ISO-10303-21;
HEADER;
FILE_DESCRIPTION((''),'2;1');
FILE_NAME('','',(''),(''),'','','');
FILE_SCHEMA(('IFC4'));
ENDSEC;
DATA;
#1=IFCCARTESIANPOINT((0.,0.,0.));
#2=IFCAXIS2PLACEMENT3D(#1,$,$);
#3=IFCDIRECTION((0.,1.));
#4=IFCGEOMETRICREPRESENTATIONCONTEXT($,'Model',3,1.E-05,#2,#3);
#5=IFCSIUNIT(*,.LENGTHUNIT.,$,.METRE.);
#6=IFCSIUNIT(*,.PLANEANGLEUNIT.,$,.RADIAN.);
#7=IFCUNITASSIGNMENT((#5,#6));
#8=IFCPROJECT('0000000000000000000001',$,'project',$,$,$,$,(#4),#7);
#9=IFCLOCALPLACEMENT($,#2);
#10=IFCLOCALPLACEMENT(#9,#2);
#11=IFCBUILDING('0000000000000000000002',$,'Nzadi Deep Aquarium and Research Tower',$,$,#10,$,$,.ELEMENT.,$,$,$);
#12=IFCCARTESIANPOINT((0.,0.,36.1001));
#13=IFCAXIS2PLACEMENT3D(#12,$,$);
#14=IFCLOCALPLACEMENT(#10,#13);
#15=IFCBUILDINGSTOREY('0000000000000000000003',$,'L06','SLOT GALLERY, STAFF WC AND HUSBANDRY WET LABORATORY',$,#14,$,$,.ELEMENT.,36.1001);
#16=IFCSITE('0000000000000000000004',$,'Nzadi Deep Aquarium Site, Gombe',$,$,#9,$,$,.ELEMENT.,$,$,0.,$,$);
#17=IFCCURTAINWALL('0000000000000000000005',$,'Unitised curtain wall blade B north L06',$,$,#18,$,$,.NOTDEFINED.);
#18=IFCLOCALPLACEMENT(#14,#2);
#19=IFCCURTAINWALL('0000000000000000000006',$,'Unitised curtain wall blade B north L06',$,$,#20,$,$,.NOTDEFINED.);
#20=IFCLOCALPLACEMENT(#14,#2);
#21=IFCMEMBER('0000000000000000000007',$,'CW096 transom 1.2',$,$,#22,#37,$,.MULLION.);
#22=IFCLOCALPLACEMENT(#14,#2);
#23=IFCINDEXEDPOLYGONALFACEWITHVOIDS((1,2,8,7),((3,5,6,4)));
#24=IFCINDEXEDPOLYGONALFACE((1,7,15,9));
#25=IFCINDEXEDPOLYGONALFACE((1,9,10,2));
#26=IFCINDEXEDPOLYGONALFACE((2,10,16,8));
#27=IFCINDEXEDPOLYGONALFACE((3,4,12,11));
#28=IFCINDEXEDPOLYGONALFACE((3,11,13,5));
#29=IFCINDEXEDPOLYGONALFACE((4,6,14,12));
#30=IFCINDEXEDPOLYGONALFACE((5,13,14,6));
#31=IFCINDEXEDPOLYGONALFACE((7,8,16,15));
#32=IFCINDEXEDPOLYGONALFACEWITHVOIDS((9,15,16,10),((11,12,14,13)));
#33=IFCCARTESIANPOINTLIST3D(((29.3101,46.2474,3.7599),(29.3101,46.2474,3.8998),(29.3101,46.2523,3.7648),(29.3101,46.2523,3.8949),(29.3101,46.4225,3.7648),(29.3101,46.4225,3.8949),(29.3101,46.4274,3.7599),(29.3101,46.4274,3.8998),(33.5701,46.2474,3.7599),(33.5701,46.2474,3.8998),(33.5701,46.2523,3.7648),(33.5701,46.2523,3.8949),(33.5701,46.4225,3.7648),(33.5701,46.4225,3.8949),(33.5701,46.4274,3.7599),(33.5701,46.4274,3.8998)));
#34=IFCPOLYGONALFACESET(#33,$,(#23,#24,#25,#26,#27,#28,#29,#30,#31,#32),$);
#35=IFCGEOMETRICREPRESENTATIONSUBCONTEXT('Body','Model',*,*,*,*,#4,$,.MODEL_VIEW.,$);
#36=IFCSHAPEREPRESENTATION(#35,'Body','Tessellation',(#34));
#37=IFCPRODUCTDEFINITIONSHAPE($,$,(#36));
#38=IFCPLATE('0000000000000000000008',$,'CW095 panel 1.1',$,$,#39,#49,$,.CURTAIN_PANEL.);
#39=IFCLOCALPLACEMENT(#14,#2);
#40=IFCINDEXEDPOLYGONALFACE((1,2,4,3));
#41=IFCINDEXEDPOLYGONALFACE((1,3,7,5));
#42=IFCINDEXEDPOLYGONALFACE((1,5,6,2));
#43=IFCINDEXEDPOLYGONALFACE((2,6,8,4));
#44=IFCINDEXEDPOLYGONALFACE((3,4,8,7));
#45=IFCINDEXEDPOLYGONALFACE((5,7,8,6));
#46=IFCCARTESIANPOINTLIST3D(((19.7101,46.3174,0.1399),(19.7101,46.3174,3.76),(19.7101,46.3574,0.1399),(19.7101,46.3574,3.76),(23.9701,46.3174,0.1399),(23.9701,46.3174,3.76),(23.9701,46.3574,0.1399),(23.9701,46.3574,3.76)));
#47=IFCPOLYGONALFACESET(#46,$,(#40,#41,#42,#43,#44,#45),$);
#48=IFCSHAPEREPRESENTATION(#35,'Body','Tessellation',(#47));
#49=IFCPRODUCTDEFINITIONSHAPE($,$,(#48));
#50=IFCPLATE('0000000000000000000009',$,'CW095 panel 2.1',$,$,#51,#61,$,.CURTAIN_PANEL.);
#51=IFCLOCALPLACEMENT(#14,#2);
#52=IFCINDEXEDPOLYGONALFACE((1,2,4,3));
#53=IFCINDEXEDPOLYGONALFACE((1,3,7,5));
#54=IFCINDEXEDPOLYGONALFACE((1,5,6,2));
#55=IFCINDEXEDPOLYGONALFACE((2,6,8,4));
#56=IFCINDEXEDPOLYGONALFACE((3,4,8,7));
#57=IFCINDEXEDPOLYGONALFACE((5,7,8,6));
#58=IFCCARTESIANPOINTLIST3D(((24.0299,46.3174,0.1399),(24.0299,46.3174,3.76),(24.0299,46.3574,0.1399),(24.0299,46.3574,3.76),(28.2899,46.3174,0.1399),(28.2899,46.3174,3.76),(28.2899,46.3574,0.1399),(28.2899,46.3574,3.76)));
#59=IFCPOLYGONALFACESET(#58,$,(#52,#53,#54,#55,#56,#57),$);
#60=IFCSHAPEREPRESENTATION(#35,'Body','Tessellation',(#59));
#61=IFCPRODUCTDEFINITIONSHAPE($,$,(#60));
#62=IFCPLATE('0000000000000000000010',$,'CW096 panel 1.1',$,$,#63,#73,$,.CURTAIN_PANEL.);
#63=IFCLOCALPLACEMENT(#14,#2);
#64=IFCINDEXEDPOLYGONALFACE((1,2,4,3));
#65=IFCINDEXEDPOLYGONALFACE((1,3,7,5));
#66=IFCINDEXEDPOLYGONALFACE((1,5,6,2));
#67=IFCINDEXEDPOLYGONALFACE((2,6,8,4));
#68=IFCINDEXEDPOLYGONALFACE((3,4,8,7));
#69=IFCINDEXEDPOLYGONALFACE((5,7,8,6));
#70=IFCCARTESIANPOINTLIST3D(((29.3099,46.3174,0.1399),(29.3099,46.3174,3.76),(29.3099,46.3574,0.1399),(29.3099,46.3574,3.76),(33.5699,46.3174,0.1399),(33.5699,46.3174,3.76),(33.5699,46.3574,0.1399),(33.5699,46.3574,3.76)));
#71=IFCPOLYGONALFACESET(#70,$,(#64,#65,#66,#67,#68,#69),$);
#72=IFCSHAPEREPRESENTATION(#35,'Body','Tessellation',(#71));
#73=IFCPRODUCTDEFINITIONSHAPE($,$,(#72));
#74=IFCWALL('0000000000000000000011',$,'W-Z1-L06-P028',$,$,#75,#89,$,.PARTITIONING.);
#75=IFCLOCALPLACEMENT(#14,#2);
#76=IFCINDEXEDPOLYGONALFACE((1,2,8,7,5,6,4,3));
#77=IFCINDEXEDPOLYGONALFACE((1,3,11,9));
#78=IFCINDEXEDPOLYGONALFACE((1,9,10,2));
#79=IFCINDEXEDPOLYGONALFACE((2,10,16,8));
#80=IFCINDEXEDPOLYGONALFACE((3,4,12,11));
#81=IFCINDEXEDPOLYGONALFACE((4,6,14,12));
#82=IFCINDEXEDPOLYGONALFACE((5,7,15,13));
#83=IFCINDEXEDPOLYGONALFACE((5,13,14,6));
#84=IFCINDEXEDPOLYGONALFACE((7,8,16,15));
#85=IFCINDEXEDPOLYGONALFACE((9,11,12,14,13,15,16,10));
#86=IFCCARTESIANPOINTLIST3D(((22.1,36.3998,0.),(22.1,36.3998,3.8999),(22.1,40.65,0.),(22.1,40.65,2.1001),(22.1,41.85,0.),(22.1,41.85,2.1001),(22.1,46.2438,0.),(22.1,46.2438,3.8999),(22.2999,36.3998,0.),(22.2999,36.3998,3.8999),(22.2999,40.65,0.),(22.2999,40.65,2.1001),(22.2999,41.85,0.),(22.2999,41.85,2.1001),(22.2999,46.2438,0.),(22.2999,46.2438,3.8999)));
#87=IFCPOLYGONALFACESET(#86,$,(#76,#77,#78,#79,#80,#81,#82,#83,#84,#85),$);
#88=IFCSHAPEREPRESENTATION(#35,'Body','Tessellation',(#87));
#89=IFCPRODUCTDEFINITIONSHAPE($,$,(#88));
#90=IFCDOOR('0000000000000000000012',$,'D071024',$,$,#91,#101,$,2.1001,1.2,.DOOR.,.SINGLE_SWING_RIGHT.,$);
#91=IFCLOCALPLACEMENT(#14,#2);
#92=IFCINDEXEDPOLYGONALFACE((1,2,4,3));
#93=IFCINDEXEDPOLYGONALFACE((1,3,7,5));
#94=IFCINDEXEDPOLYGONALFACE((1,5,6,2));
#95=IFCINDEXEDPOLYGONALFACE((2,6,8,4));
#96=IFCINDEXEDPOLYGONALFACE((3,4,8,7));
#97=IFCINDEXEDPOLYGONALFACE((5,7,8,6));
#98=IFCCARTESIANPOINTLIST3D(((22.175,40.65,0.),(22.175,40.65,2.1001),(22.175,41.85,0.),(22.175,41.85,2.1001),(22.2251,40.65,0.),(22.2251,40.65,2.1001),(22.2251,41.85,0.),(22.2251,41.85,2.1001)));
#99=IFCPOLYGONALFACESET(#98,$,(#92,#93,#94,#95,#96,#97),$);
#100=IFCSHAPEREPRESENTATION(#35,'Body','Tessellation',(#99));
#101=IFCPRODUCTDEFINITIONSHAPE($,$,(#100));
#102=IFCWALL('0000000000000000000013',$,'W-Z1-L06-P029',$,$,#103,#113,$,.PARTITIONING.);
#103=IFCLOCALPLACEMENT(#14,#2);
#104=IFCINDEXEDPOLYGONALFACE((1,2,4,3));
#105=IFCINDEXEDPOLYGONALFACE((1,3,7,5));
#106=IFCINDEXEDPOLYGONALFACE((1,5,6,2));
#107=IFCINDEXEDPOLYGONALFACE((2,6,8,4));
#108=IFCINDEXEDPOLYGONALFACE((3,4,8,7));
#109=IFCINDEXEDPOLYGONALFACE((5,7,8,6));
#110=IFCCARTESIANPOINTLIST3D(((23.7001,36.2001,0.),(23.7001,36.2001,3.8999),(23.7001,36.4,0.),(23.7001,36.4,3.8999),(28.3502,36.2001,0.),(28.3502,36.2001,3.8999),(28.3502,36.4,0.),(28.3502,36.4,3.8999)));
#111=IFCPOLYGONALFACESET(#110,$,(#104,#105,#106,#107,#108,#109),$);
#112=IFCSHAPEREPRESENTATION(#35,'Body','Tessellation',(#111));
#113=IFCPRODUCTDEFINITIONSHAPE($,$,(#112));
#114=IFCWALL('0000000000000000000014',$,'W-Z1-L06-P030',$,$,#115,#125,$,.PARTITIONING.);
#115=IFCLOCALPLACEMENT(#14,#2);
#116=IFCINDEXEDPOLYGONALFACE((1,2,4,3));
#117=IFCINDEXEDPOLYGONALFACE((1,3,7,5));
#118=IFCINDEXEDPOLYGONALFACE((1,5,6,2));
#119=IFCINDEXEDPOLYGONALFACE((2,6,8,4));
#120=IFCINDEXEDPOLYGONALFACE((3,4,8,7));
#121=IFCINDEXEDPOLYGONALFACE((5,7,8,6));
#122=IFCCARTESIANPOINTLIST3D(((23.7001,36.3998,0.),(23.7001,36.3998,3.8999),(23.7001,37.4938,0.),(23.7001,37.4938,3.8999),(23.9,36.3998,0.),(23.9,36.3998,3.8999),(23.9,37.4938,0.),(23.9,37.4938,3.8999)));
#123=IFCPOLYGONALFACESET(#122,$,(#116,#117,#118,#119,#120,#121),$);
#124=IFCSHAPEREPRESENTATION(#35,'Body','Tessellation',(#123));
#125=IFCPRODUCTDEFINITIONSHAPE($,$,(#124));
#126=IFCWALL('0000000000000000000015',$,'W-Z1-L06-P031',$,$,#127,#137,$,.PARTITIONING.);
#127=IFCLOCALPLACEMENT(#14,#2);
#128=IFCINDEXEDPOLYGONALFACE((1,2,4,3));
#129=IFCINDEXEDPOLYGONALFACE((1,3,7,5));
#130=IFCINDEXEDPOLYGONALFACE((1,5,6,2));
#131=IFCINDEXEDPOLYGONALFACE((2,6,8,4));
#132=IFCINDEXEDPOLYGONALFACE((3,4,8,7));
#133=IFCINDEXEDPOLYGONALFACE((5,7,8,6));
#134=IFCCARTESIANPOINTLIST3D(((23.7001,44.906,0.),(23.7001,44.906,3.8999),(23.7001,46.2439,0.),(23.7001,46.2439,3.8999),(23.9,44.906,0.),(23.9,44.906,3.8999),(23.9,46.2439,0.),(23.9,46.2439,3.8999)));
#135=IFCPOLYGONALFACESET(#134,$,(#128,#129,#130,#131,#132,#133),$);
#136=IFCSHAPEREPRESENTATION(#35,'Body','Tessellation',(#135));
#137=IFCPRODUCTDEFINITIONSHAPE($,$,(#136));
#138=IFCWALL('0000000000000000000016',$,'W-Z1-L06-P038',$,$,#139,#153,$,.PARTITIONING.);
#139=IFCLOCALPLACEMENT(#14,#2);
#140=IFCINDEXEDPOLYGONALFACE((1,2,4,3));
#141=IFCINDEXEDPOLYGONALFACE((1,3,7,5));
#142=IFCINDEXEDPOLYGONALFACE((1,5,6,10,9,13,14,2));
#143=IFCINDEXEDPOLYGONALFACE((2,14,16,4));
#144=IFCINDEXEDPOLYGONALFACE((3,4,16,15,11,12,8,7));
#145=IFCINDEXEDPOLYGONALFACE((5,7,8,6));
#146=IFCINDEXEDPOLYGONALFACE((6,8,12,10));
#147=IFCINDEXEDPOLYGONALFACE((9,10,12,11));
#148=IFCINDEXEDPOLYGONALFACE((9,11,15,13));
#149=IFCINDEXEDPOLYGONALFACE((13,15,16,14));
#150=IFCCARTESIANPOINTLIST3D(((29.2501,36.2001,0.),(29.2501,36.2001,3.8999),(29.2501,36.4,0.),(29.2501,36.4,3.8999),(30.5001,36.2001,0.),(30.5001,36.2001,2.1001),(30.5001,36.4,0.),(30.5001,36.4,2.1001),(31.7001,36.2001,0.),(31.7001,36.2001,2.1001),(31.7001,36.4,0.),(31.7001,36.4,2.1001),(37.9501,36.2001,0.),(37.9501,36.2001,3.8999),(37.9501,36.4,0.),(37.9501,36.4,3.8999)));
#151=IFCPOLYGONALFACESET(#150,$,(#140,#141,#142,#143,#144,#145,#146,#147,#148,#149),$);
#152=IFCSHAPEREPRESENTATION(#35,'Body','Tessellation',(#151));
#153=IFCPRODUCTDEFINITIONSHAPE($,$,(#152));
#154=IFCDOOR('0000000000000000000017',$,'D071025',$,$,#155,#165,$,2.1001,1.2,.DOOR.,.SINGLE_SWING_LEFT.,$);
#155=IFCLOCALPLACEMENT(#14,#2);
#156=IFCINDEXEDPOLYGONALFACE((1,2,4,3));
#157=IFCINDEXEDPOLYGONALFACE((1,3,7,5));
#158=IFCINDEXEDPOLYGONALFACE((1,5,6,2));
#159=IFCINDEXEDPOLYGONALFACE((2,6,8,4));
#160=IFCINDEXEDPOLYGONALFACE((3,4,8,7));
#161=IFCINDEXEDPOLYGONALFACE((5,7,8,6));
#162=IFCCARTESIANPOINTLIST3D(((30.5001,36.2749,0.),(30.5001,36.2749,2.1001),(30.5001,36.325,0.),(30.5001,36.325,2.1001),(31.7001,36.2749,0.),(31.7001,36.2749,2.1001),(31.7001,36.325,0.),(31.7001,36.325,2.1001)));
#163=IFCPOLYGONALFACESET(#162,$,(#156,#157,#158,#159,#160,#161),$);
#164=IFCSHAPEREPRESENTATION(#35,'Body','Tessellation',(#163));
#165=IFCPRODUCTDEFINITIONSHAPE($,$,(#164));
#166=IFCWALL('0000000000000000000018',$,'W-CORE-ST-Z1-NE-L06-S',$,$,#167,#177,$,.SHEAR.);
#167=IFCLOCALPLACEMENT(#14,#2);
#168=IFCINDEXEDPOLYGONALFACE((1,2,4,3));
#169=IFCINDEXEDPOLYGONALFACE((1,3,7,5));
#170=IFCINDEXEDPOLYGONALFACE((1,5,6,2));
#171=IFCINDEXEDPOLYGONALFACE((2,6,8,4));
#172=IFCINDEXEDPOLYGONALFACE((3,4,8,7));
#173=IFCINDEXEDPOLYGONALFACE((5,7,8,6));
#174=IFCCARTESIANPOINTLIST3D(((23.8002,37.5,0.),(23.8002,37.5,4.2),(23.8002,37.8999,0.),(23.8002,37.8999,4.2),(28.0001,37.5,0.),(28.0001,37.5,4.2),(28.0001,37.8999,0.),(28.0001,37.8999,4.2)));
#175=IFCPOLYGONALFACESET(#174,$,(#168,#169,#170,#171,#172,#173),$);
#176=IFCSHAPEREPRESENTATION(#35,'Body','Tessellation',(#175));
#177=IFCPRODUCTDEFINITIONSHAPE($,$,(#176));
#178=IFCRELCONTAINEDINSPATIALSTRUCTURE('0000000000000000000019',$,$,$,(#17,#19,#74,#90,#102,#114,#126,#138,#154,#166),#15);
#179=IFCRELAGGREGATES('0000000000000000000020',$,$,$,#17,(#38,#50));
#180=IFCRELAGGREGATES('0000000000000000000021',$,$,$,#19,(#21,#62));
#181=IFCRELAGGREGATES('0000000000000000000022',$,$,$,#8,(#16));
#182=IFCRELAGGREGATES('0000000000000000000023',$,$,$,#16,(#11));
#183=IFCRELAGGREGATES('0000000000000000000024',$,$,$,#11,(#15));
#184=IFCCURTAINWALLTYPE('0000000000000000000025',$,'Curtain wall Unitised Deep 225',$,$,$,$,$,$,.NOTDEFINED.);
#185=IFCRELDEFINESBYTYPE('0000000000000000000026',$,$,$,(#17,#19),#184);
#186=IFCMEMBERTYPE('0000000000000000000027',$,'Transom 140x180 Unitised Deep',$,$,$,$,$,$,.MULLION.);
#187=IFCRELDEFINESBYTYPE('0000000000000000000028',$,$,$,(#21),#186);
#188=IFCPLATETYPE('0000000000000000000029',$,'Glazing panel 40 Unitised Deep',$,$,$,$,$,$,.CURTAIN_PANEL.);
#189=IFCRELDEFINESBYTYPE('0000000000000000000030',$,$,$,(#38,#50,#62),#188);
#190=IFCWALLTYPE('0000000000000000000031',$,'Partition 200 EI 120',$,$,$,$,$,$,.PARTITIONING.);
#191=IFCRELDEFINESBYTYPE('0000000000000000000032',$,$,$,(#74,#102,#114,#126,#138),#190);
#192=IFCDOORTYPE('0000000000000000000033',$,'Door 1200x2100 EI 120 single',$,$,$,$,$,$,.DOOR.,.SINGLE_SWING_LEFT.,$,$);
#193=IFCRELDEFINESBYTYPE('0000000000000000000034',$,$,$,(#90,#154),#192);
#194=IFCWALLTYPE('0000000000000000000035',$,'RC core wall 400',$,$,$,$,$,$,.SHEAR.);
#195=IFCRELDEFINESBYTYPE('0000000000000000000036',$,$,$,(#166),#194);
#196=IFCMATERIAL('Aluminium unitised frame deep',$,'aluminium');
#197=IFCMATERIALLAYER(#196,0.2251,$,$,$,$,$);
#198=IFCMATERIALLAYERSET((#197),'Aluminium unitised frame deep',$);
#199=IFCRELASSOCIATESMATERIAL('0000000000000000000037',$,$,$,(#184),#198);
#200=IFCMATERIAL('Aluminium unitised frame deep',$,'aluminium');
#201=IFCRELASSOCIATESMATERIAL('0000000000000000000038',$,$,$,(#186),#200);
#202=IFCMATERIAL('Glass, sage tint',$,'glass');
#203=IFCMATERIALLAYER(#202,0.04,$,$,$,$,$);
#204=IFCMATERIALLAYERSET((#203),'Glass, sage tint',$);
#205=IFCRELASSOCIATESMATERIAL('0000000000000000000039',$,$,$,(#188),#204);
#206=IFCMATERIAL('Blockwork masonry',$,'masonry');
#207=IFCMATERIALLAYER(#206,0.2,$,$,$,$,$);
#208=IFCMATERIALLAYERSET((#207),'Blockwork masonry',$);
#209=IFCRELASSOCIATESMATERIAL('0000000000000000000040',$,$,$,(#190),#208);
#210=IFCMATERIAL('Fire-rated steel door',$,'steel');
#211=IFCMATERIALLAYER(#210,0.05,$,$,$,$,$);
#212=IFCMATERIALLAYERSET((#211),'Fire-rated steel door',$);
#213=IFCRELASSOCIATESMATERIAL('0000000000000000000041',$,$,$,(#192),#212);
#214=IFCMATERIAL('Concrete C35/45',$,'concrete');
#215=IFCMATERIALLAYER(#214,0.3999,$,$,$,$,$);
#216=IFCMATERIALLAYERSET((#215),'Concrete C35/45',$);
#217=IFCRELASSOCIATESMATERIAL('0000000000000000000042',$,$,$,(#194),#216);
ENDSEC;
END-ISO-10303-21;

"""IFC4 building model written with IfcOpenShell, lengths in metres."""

from ifc_helpers import new_model, si_unit, direction, frame, frame_2d, origin, origin_2d, place, context, subcontext, project, spatial, rectangle, hollow_rectangle, extrude, material, layer, layer_set, material_profile, profile_set, type_object, element, fill, aggregate, save


model = new_model("IFC4")

# Units and contexts
model_context = context("Model", 3, precision=1e-05, world=origin(), true_north=direction((0.0, 1.0)))
body_context = subcontext(model_context, "Body", "Model", "MODEL_VIEW")
ifc_project = project(units=[si_unit("LENGTHUNIT", "METRE"), si_unit("PLANEANGLEUNIT", "RADIAN")], contexts=[model_context])

# Site, building, storey
site_placement = place(None, origin())
site = spatial("IfcSite", under=ifc_project, at=site_placement, Name="Nzadi Deep Aquarium Site, Gombe", CompositionType="ELEMENT", RefElevation=0.0)
building_placement = place(site_placement, origin())
building = spatial("IfcBuilding", under=site, at=building_placement, Name="Nzadi Deep Aquarium and Research Tower", CompositionType="ELEMENT")
storey_placement = place(building_placement, frame((0.0, 0.0, 36.1001)))
storey = spatial("IfcBuildingStorey", under=building, at=storey_placement, Name="L06", Description="SLOT GALLERY, STAFF WC AND HUSBANDRY WET LABORATORY", CompositionType="ELEMENT", Elevation=36.1001)

# Curtain walls
ifc_material_1 = material(Name="Aluminium unitised frame deep", Category="aluminium")
ifc_layer_1 = layer(ifc_material_1, 0.2251)
ifc_layer_set_1 = layer_set([ifc_layer_1], Name="Aluminium unitised frame deep")
curtain_wall_type = type_object("IfcCurtainWallType", Name="Curtain wall Unitised Deep 225", PredefinedType="NOTDEFINED", material=ifc_layer_set_1)
curtain_wall_1_placement = place(storey_placement, origin())
curtain_wall_1 = element("IfcCurtainWall", 1, at=curtain_wall_1_placement, inside=storey, type_object=curtain_wall_type, Name="Unitised curtain wall blade B north L06", PredefinedType="NOTDEFINED")
curtain_wall_2_placement = place(storey_placement, origin())
curtain_wall_2 = element("IfcCurtainWall", 2, at=curtain_wall_2_placement, inside=storey, type_object=curtain_wall_type, Name="Unitised curtain wall blade B north L06", PredefinedType="NOTDEFINED")

# Member
ifc_material_2 = material(Name="Aluminium unitised frame deep", Category="aluminium")
ifc_material_profile_1 = material_profile(ifc_material_2, hollow_rectangle(XDim=0.1799, YDim=0.1399, WallThickness=0.0049, at=origin_2d()))
ifc_profile_set_1 = profile_set([ifc_material_profile_1], Name="Aluminium unitised frame deep")
member_type_1 = type_object("IfcMemberType", Name="Transom 140x180 Unitised Deep", PredefinedType="MULLION", material=ifc_profile_set_1)
member_1_placement = place(storey_placement, frame((29.3101, 46.3374, 3.8298), z_axis=(1.0, 0.0, 0.0), x_axis=(0.0, 1.0, 0.0)))
member_1 = element("IfcMember", 3, at=member_1_placement, type_object=member_type_1, Name="CW096 transom 1.2", PredefinedType="MULLION", context=body_context, shape_type="SweptSolid", body=[
    extrude(hollow_rectangle(XDim=0.1799, YDim=0.1399, WallThickness=0.0049, at=origin_2d()), origin(), (0.0, 0.0, 1.0), 4.26),
])

# Plates
ifc_material_3 = material(Name="Glass, sage tint", Category="glass")
ifc_layer_2 = layer(ifc_material_3, 0.04)
ifc_layer_set_2 = layer_set([ifc_layer_2], Name="Glass, sage tint")
plate_type = type_object("IfcPlateType", Name="Glazing panel 40 Unitised Deep", PredefinedType="CURTAIN_PANEL", material=ifc_layer_set_2)
plate_1_placement = place(storey_placement, frame((21.8401, 46.3374, 0.1399), z_axis=(0.0, 0.0, 1.0), x_axis=(1.0, 0.0, 0.0)))
plate_1 = element("IfcPlate", 4, at=plate_1_placement, type_object=plate_type, Name="CW095 panel 1.1", PredefinedType="CURTAIN_PANEL", context=body_context, shape_type="SweptSolid", body=[
    extrude(rectangle(XDim=4.26, YDim=0.04, at=origin_2d()), origin(), (0.0, 0.0, 1.0), 3.6201),
])
plate_2_placement = place(storey_placement, frame((26.1599, 46.3374, 0.1399), z_axis=(0.0, 0.0, 1.0), x_axis=(1.0, 0.0, 0.0)))
plate_2 = element("IfcPlate", 5, at=plate_2_placement, type_object=plate_type, Name="CW095 panel 2.1", PredefinedType="CURTAIN_PANEL", context=body_context, shape_type="SweptSolid", body=[
    extrude(rectangle(XDim=4.26, YDim=0.04, at=origin_2d()), origin(), (0.0, 0.0, 1.0), 3.6201),
])
aggregate(curtain_wall_1, [plate_1, plate_2])
plate_3_placement = place(storey_placement, frame((31.4399, 46.3374, 0.1399), z_axis=(0.0, 0.0, 1.0), x_axis=(1.0, 0.0, 0.0)))
plate_3 = element("IfcPlate", 6, at=plate_3_placement, type_object=plate_type, Name="CW096 panel 1.1", PredefinedType="CURTAIN_PANEL", context=body_context, shape_type="SweptSolid", body=[
    extrude(rectangle(XDim=4.26, YDim=0.04, at=origin_2d()), origin(), (0.0, 0.0, 1.0), 3.6201),
])
aggregate(curtain_wall_2, [member_1, plate_3])

# Wall, opening, door
ifc_material_4 = material(Name="Blockwork masonry", Category="masonry")
ifc_layer_3 = layer(ifc_material_4, 0.2)
ifc_layer_set_3 = layer_set([ifc_layer_3], Name="Blockwork masonry")
wall_type_1 = type_object("IfcWallType", Name="Partition 200 EI 120", PredefinedType="PARTITIONING", material=ifc_layer_set_3)
wall_1_placement = place(storey_placement, frame((22.2, 36.3999, 0.0), z_axis=(0.0, 0.0, 1.0), x_axis=(0.0, 1.0, 0.0)))
wall_1 = element("IfcWall", 7, at=wall_1_placement, inside=storey, type_object=wall_type_1, Name="W-Z1-L06-P028", PredefinedType="PARTITIONING", context=body_context, shape_type="SweptSolid", body=[
    extrude(rectangle(XDim=9.844, YDim=0.2, at=frame_2d((4.9219, 0.0))), origin(), (0.0, 0.0, 1.0), 3.8999),
])
opening_1_placement = place(wall_1_placement, frame((4.25, 0.0, 0.0)))
opening_1 = element("IfcOpeningElement", 8, at=opening_1_placement, cuts=wall_1, PredefinedType="OPENING", context=body_context, shape_type="SweptSolid", body=[
    extrude(rectangle(XDim=1.2, YDim=2.1001, at=frame_2d((0.6001, 1.05))), frame((0.0, 0.1101, 0.0), z_axis=(0.0, -1.0, 0.0), x_axis=(1.0, 0.0, 0.0)), (0.0, 0.0, 1.0), 0.2202),
])
ifc_material_5 = material(Name="Fire-rated steel door", Category="steel")
ifc_layer_4 = layer(ifc_material_5, 0.05)
ifc_layer_set_4 = layer_set([ifc_layer_4], Name="Fire-rated steel door")
door_type_1 = type_object("IfcDoorType", Name="Door 1200x2100 EI 120 single", OperationType="SINGLE_SWING_LEFT", PredefinedType="DOOR", material=ifc_layer_set_4)
door_1_placement = place(opening_1_placement, origin())
door_1 = element("IfcDoor", 9, at=door_1_placement, inside=storey, type_object=door_type_1, Name="D071024", OperationType="SINGLE_SWING_RIGHT", OverallHeight=2.1001, OverallWidth=1.2, PredefinedType="DOOR", context=body_context, shape_type="SweptSolid", body=[
    extrude(rectangle(XDim=1.2, YDim=2.1001, at=frame_2d((0.6001, 1.05))), frame((0.0, 0.0249, 0.0), z_axis=(0.0, -1.0, 0.0), x_axis=(1.0, 0.0, 0.0)), (0.0, 0.0, 1.0), 0.05),
])
fill(opening_1, door_1)

# Walls
wall_2_placement = place(storey_placement, frame((23.7, 36.3, 0.0), z_axis=(0.0, 0.0, 1.0), x_axis=(1.0, 0.0, 0.0)))
element("IfcWall", 10, at=wall_2_placement, inside=storey, type_object=wall_type_1, Name="W-Z1-L06-P029", PredefinedType="PARTITIONING", context=body_context, shape_type="SweptSolid", body=[
    extrude(rectangle(XDim=4.6501, YDim=0.2, at=frame_2d((2.3252, 0.0))), origin(), (0.0, 0.0, 1.0), 3.8999),
])
wall_3_placement = place(storey_placement, frame((23.8, 36.3999, 0.0), z_axis=(0.0, 0.0, 1.0), x_axis=(0.0, 1.0, 0.0)))
element("IfcWall", 11, at=wall_3_placement, inside=storey, type_object=wall_type_1, Name="W-Z1-L06-P030", PredefinedType="PARTITIONING", context=body_context, shape_type="SweptSolid", body=[
    extrude(rectangle(XDim=1.094, YDim=0.2, at=frame_2d((0.5469, 0.0))), origin(), (0.0, 0.0, 1.0), 3.8999),
])
wall_4_placement = place(storey_placement, frame((23.8, 44.906, 0.0), z_axis=(0.0, 0.0, 1.0), x_axis=(0.0, 1.0, 0.0)))
element("IfcWall", 12, at=wall_4_placement, inside=storey, type_object=wall_type_1, Name="W-Z1-L06-P031", PredefinedType="PARTITIONING", context=body_context, shape_type="SweptSolid", body=[
    extrude(rectangle(XDim=1.3379, YDim=0.2, at=frame_2d((0.6689, 0.0))), origin(), (0.0, 0.0, 1.0), 3.8999),
])

# Wall, opening, door
wall_5_placement = place(storey_placement, frame((29.25, 36.3, 0.0), z_axis=(0.0, 0.0, 1.0), x_axis=(1.0, 0.0, 0.0)))
wall_5 = element("IfcWall", 13, at=wall_5_placement, inside=storey, type_object=wall_type_1, Name="W-Z1-L06-P038", PredefinedType="PARTITIONING", context=body_context, shape_type="SweptSolid", body=[
    extrude(rectangle(XDim=8.7, YDim=0.2, at=frame_2d((4.3501, 0.0))), origin(), (0.0, 0.0, 1.0), 3.8999),
])
opening_2_placement = place(wall_5_placement, frame((1.25, 0.0, 0.0)))
opening_2 = element("IfcOpeningElement", 14, at=opening_2_placement, cuts=wall_5, PredefinedType="OPENING", context=body_context, shape_type="SweptSolid", body=[
    extrude(rectangle(XDim=1.2, YDim=2.1001, at=frame_2d((0.6001, 1.05))), frame((0.0, 0.1101, 0.0), z_axis=(0.0, -1.0, 0.0), x_axis=(1.0, 0.0, 0.0)), (0.0, 0.0, 1.0), 0.2202),
])
door_2_placement = place(opening_2_placement, origin())
door_2 = element("IfcDoor", 15, at=door_2_placement, inside=storey, type_object=door_type_1, Name="D071025", OperationType="SINGLE_SWING_LEFT", OverallHeight=2.1001, OverallWidth=1.2, PredefinedType="DOOR", context=body_context, shape_type="SweptSolid", body=[
    extrude(rectangle(XDim=1.2, YDim=2.1001, at=frame_2d((0.6001, 1.05))), frame((0.0, 0.0249, 0.0), z_axis=(0.0, -1.0, 0.0), x_axis=(1.0, 0.0, 0.0)), (0.0, 0.0, 1.0), 0.05),
])
fill(opening_2, door_2)

# Wall
ifc_material_6 = material(Name="Concrete C35/45", Category="concrete")
ifc_layer_5 = layer(ifc_material_6, 0.3999)
ifc_layer_set_5 = layer_set([ifc_layer_5], Name="Concrete C35/45")
wall_type_2 = type_object("IfcWallType", Name="RC core wall 400", PredefinedType="SHEAR", material=ifc_layer_set_5)
for number, where, z_axis, x_axis, name in (
    (16, (23.8, 37.7, 0.0), (0.0, 0.0, 1.0), (1.0, 0.0, 0.0), "W-CORE-ST-Z1-NE-L06-S"),
):
    element("IfcWall", number, at=place(storey_placement, frame(where, z_axis=z_axis, x_axis=x_axis)), inside=storey, type_object=wall_type_2, Name=name, PredefinedType="SHEAR", context=body_context, shape_type="SweptSolid", body=[
        extrude(rectangle(XDim=4.2, YDim=0.3999, at=frame_2d((2.1001, 0.0))), origin(), (0.0, 0.0, 1.0), 4.2),
    ])

save(model, "model.ifc")
